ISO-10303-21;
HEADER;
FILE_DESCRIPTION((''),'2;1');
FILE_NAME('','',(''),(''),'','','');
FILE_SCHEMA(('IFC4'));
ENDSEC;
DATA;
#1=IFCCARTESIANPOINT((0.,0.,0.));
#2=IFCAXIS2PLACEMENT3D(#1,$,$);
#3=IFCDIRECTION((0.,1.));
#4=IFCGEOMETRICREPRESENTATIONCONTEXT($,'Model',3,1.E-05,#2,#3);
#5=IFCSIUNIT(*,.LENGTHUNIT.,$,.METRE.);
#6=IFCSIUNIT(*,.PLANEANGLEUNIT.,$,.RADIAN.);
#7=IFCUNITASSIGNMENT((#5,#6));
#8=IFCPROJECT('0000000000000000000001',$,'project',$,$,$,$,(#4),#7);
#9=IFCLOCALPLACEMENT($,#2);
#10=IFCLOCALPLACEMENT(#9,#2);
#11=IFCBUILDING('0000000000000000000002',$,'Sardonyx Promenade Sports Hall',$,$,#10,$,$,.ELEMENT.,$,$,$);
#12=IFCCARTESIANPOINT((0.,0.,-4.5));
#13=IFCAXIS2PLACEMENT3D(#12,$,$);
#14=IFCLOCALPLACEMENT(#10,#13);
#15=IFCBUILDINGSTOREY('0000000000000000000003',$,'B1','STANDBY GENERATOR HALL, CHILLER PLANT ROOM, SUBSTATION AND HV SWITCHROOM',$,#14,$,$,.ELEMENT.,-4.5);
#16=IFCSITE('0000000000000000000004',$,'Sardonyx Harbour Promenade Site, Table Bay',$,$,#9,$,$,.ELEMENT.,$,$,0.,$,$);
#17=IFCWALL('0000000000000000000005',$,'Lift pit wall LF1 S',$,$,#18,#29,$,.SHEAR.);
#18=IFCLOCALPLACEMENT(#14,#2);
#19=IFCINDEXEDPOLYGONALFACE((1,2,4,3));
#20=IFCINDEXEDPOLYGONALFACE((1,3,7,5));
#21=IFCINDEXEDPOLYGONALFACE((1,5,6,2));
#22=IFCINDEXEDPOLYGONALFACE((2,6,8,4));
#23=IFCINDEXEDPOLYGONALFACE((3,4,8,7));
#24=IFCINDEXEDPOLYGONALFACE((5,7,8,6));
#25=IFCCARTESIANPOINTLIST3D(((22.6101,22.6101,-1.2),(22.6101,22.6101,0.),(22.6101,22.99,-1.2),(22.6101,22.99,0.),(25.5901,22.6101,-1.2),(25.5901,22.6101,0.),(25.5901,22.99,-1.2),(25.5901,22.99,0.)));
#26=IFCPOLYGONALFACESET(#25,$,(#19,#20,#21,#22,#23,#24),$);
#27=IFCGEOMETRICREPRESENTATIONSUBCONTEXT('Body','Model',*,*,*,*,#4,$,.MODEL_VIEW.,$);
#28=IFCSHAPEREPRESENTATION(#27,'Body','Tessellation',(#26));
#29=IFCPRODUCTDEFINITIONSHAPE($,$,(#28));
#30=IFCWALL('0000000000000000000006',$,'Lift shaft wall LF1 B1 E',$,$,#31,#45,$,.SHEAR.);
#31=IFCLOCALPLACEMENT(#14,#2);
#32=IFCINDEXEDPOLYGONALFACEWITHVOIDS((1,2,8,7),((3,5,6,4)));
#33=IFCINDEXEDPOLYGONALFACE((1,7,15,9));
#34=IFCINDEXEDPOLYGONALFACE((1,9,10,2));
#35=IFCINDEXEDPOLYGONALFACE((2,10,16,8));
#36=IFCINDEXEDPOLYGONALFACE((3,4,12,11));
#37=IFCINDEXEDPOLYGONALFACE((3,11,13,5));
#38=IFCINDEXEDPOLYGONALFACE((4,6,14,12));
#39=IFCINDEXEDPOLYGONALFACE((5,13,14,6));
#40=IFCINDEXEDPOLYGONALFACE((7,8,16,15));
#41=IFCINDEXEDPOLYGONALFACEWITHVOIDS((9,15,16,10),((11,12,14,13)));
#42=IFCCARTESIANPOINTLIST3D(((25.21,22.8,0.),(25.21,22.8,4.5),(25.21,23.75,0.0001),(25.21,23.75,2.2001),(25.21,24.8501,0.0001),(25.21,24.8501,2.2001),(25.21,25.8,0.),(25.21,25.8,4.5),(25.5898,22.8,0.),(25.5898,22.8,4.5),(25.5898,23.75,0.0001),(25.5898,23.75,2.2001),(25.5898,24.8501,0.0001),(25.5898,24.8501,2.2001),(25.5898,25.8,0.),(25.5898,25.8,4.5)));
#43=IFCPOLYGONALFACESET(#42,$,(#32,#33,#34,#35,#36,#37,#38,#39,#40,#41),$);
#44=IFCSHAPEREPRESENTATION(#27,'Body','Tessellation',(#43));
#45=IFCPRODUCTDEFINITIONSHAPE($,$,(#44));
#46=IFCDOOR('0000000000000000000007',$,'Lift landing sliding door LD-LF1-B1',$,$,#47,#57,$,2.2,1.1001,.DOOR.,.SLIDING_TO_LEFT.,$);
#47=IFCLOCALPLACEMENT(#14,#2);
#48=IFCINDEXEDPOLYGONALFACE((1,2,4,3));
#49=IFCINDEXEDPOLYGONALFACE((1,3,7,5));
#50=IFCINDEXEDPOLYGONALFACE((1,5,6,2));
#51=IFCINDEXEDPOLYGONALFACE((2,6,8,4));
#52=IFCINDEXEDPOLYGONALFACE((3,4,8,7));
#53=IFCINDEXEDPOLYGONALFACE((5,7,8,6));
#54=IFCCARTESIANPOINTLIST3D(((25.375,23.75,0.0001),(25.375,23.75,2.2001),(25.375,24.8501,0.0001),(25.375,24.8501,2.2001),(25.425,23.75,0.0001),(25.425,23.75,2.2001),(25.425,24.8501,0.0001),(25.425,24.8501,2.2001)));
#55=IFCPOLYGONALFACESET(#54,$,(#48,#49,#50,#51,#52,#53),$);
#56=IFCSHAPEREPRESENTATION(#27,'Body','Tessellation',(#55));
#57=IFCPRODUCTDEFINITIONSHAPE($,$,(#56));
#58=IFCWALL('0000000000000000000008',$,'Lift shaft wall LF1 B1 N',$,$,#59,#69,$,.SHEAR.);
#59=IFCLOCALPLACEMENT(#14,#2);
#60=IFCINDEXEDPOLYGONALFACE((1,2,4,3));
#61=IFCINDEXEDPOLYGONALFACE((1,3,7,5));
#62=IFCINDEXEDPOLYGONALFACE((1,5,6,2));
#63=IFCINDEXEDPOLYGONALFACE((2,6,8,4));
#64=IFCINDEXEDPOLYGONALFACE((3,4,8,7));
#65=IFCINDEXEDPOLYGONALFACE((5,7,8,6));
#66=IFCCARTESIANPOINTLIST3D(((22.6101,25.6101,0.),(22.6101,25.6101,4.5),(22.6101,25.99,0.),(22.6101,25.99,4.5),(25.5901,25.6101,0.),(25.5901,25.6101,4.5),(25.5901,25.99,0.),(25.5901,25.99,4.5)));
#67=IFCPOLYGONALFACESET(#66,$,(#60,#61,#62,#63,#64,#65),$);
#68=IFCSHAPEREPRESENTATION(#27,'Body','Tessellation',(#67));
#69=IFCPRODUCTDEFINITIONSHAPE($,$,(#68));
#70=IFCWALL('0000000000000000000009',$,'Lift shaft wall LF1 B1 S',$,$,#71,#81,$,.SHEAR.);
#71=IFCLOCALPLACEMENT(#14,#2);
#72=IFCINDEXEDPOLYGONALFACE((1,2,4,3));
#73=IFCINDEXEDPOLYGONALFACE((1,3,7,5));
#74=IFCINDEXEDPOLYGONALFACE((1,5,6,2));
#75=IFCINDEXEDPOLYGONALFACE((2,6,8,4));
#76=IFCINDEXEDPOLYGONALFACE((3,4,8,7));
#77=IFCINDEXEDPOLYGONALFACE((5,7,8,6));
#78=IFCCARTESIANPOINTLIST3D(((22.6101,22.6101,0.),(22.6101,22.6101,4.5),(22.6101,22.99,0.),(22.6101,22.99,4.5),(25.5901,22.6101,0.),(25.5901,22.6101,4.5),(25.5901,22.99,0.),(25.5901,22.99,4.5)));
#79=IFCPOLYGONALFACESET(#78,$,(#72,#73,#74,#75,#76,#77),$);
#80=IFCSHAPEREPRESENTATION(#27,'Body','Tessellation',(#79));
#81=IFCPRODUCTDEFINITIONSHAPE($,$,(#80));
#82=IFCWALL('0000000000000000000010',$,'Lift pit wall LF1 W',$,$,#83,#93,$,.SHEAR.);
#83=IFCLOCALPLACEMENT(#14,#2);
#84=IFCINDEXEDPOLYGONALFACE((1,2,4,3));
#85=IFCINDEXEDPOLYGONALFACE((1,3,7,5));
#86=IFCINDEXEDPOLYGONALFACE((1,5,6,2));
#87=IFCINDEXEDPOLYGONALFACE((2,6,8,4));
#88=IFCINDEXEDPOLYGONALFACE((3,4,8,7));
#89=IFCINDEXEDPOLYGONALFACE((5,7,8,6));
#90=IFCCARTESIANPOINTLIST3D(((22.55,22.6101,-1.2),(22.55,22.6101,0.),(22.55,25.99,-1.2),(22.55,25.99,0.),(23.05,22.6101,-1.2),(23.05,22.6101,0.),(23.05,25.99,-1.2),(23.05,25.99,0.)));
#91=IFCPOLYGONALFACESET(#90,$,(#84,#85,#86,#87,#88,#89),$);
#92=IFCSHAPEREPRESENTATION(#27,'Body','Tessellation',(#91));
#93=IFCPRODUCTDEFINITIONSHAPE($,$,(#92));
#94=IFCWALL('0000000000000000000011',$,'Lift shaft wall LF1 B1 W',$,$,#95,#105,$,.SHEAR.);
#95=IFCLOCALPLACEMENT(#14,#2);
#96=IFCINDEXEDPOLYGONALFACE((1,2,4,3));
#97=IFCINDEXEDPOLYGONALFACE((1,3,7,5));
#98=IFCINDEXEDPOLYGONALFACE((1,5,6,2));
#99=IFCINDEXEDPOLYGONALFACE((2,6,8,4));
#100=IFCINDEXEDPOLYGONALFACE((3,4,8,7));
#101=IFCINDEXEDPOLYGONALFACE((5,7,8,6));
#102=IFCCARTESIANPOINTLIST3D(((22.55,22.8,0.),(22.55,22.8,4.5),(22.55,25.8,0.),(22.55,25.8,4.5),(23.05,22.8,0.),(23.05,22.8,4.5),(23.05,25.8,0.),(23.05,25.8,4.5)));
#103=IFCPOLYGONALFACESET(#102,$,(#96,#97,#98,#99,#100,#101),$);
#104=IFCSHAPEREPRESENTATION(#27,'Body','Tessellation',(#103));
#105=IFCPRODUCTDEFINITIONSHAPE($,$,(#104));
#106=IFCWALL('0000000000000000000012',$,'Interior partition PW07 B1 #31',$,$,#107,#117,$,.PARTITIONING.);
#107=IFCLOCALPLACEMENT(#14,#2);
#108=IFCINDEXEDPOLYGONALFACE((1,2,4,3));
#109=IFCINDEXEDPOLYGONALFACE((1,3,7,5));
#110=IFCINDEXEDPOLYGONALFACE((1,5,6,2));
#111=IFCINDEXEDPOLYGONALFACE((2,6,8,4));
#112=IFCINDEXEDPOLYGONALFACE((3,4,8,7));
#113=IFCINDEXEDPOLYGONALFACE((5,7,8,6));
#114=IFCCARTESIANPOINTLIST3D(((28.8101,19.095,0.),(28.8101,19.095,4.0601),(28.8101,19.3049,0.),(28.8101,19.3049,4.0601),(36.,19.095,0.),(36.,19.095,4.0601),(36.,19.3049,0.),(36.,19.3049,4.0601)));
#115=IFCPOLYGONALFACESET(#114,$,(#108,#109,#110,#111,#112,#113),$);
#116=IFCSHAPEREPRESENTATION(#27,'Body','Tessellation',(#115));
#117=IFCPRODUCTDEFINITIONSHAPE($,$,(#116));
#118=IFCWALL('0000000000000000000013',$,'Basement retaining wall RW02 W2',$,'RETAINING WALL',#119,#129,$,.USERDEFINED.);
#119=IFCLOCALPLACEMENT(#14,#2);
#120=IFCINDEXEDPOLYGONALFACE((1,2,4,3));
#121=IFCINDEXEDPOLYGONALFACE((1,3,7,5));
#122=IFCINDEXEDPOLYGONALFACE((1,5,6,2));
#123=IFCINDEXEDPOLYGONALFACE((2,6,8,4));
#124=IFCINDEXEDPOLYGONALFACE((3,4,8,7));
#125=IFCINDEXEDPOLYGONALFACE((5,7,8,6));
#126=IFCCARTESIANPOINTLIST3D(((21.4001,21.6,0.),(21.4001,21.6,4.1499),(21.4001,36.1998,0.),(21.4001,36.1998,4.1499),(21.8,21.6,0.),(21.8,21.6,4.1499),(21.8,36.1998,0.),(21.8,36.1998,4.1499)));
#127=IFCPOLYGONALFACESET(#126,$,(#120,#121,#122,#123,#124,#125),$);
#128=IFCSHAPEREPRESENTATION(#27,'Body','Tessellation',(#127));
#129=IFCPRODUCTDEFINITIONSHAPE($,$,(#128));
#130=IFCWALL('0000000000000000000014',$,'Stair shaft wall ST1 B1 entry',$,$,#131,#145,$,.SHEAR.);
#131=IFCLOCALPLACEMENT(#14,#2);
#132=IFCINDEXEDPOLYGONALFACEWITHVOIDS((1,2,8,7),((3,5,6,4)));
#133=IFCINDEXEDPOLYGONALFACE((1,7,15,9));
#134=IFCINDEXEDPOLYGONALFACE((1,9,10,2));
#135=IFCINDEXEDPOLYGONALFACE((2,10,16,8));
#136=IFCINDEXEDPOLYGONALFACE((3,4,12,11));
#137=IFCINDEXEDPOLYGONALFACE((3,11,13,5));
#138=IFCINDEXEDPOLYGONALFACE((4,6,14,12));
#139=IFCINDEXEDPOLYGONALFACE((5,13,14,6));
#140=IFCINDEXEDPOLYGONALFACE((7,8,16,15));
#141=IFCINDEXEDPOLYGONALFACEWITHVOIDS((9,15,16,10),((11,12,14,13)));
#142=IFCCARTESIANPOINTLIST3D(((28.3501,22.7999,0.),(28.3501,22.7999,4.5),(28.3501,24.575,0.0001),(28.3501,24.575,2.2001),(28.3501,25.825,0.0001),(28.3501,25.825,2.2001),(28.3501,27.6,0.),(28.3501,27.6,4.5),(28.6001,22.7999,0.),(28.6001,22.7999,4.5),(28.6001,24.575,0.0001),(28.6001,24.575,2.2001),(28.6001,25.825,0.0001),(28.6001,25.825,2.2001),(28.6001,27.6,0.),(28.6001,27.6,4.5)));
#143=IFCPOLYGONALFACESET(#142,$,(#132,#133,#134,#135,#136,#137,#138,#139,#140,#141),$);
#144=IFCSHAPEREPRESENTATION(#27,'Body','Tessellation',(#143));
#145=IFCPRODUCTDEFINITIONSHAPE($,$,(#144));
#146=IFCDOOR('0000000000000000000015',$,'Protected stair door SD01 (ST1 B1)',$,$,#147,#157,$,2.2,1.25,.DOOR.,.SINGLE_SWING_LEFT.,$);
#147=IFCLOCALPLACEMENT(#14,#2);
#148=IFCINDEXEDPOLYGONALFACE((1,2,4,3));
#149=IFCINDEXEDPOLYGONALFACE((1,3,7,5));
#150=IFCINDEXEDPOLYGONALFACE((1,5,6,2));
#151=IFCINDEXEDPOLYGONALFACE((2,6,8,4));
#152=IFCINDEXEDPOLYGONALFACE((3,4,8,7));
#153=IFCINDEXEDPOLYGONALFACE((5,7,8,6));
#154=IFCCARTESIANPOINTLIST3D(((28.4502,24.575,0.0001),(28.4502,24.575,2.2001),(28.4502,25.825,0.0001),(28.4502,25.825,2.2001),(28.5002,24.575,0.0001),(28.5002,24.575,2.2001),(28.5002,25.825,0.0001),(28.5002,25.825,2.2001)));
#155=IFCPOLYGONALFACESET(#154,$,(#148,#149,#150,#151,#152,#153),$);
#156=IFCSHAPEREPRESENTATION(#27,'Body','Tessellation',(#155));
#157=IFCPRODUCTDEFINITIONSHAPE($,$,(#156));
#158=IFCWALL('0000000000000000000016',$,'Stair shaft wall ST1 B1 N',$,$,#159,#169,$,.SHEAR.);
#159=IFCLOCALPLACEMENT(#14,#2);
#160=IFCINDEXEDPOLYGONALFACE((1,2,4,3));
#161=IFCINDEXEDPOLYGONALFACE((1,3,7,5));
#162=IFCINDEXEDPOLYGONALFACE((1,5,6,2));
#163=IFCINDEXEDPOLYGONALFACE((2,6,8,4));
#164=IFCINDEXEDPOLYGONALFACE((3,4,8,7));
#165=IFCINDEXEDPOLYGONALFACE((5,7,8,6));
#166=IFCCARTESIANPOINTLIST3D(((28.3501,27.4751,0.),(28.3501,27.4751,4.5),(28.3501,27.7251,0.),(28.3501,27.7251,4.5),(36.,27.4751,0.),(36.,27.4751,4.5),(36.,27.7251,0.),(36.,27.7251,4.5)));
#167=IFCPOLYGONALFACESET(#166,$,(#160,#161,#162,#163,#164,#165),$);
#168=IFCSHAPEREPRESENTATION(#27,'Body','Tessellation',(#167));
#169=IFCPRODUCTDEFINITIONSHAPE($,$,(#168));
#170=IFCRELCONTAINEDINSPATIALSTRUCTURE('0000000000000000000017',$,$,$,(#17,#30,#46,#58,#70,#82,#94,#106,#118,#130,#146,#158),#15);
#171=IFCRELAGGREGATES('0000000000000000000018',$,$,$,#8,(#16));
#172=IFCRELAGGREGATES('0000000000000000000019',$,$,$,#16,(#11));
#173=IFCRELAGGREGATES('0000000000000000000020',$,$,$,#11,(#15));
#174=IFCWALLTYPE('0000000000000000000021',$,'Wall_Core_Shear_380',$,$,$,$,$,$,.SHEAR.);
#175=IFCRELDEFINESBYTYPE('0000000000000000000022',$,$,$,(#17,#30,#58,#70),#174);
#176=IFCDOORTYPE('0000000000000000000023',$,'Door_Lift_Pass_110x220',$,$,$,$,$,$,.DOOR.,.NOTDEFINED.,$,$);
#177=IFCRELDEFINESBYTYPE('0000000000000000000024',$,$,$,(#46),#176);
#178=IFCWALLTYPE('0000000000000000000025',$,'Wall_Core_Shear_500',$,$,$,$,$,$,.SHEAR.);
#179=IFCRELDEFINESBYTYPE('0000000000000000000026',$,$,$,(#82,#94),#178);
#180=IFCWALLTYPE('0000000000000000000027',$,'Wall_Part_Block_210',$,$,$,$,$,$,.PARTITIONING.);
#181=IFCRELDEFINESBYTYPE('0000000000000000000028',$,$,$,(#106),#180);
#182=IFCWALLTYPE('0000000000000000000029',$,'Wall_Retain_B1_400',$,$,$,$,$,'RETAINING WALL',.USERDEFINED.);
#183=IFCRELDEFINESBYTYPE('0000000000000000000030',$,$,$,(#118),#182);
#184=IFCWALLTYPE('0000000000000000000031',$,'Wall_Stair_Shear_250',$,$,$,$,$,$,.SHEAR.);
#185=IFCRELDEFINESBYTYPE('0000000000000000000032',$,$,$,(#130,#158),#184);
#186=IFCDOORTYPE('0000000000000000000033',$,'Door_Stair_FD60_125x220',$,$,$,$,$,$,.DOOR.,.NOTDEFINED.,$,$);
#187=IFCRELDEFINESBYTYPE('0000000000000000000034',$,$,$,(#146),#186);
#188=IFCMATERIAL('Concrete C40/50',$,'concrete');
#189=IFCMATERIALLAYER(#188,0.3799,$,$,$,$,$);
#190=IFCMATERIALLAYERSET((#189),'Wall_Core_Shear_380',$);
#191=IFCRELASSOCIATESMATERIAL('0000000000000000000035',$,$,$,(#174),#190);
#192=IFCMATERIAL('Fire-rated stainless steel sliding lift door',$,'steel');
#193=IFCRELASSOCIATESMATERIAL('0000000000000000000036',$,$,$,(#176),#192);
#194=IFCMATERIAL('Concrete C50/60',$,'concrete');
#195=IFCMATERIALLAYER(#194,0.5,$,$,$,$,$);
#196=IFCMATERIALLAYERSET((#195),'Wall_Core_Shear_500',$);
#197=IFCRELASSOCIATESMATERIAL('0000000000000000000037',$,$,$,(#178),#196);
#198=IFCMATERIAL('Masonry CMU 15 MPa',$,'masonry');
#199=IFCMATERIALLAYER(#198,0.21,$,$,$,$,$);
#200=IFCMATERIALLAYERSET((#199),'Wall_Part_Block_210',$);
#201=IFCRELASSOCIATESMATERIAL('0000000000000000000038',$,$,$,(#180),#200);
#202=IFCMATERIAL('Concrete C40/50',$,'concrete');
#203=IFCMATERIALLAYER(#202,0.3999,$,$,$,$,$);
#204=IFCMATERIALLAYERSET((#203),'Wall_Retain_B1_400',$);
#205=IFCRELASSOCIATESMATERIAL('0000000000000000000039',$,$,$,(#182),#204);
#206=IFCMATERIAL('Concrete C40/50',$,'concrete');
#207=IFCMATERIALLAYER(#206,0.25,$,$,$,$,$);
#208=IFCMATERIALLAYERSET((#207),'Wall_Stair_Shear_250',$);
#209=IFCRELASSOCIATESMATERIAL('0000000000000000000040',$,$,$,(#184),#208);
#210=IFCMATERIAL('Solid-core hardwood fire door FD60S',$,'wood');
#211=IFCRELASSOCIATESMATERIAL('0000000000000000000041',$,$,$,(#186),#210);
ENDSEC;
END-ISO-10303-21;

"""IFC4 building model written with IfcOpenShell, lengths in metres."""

from ifc_helpers import new_model, si_unit, direction, frame, frame_2d, origin, place, context, subcontext, project, spatial, rectangle, extrude, material, layer, layer_set, type_object, element, fill, save


model = new_model("IFC4")

# Units and contexts
model_context = context("Model", 3, precision=1e-05, world=origin(), true_north=direction((0.0, 1.0)))
body_context = subcontext(model_context, "Body", "Model", "MODEL_VIEW")
ifc_project = project(units=[si_unit("LENGTHUNIT", "METRE"), si_unit("PLANEANGLEUNIT", "RADIAN")], contexts=[model_context])

# Site, building, storey
site_placement = place(None, origin())
site = spatial("IfcSite", under=ifc_project, at=site_placement, Name="Sardonyx Harbour Promenade Site, Table Bay", CompositionType="ELEMENT", RefElevation=0.0)
building_placement = place(site_placement, origin())
building = spatial("IfcBuilding", under=site, at=building_placement, Name="Sardonyx Promenade Sports Hall", CompositionType="ELEMENT")
storey_placement = place(building_placement, frame((0.0, 0.0, -4.5)))
storey = spatial("IfcBuildingStorey", under=building, at=storey_placement, Name="B1", Description="STANDBY GENERATOR HALL, CHILLER PLANT ROOM, SUBSTATION AND HV SWITCHROOM", CompositionType="ELEMENT", Elevation=-4.5)

# Wall
ifc_material_1 = material(Name="Concrete C40/50", Category="concrete")
ifc_layer_1 = layer(ifc_material_1, 0.3799)
ifc_layer_set_1 = layer_set([ifc_layer_1], Name="Wall_Core_Shear_380")
wall_type_1 = type_object("IfcWallType", Name="Wall_Core_Shear_380", PredefinedType="SHEAR", material=ifc_layer_set_1)
for number, where, z_axis, x_axis, name in (
    (1, (25.5901, 22.8, -1.2), (0.0, 0.0, 1.0), (-1.0, 0.0, 0.0), "Lift pit wall LF1 S"),
):
    element("IfcWall", number, at=place(storey_placement, frame(where, z_axis=z_axis, x_axis=x_axis)), inside=storey, type_object=wall_type_1, Name=name, PredefinedType="SHEAR", context=body_context, shape_type="SweptSolid", body=[
        extrude(rectangle(XDim=2.98, YDim=0.3799, at=frame_2d((1.49, 0.0))), origin(), (0.0, 0.0, 1.0), 1.2),
    ])

# Wall, opening, door
wall_1_placement = place(storey_placement, frame((25.3999, 22.8, 0.0), z_axis=(0.0, 0.0, 1.0), x_axis=(0.0, 1.0, 0.0)))
wall_1 = element("IfcWall", 2, at=wall_1_placement, inside=storey, type_object=wall_type_1, Name="Lift shaft wall LF1 B1 E", PredefinedType="SHEAR", context=body_context, shape_type="SweptSolid", body=[
    extrude(rectangle(XDim=3.0, YDim=0.3799, at=frame_2d((1.5, 0.0))), origin(), (0.0, 0.0, 1.0), 4.5),
])
opening_1_placement = place(wall_1_placement, frame((0.95, 0.0, 0.0)))
opening_1 = element("IfcOpeningElement", 3, at=opening_1_placement, cuts=wall_1, PredefinedType="OPENING", context=body_context, shape_type="SweptSolid", body=[
    extrude(rectangle(XDim=1.1001, YDim=2.2, at=frame_2d((0.55, 1.1001))), frame((0.0, 0.2, 0.0), z_axis=(0.0, -1.0, 0.0), x_axis=(1.0, 0.0, 0.0)), (0.0, 0.0, 1.0), 0.4),
])
ifc_material_2 = material(Name="Fire-rated stainless steel sliding lift door", Category="steel")
door_type_1 = type_object("IfcDoorType", Name="Door_Lift_Pass_110x220", OperationType="NOTDEFINED", PredefinedType="DOOR", material=ifc_material_2)
door_1_placement = place(opening_1_placement, origin())
door_1 = element("IfcDoor", 4, at=door_1_placement, inside=storey, type_object=door_type_1, Name="Lift landing sliding door LD-LF1-B1", OperationType="SLIDING_TO_LEFT", OverallHeight=2.2, OverallWidth=1.1001, PredefinedType="DOOR", context=body_context, shape_type="SweptSolid", body=[
    extrude(rectangle(XDim=1.1001, YDim=2.2, at=frame_2d((0.55, 1.1001))), frame((0.0, 0.0249, 0.0), z_axis=(0.0, -1.0, 0.0), x_axis=(1.0, 0.0, 0.0)), (0.0, 0.0, 1.0), 0.05),
])
fill(opening_1, door_1)

# Walls
for number, where, z_axis, x_axis, name in (
    (5, (22.6101, 25.8, 0.0), (0.0, 0.0, 1.0), (1.0, 0.0, 0.0), "Lift shaft wall LF1 B1 N"),
    (6, (25.5901, 22.8, 0.0), (0.0, 0.0, 1.0), (-1.0, 0.0, 0.0), "Lift shaft wall LF1 B1 S"),
):
    element("IfcWall", number, at=place(storey_placement, frame(where, z_axis=z_axis, x_axis=x_axis)), inside=storey, type_object=wall_type_1, Name=name, PredefinedType="SHEAR", context=body_context, shape_type="SweptSolid", body=[
        extrude(rectangle(XDim=2.98, YDim=0.3799, at=frame_2d((1.49, 0.0))), origin(), (0.0, 0.0, 1.0), 4.5),
    ])
ifc_material_3 = material(Name="Concrete C50/60", Category="concrete")
ifc_layer_2 = layer(ifc_material_3, 0.5)
ifc_layer_set_2 = layer_set([ifc_layer_2], Name="Wall_Core_Shear_500")
wall_type_2 = type_object("IfcWallType", Name="Wall_Core_Shear_500", PredefinedType="SHEAR", material=ifc_layer_set_2)
wall_2_placement = place(storey_placement, frame((22.8, 25.99, -1.2), z_axis=(0.0, 0.0, 1.0), x_axis=(0.0, -1.0, 0.0)))
element("IfcWall", 7, at=wall_2_placement, inside=storey, type_object=wall_type_2, Name="Lift pit wall LF1 W", PredefinedType="SHEAR", context=body_context, shape_type="SweptSolid", body=[
    extrude(rectangle(XDim=3.3799, YDim=0.5, at=frame_2d((1.6899, 0.0))), origin(), (0.0, 0.0, 1.0), 1.2),
])
wall_3_placement = place(storey_placement, frame((22.8, 25.8, 0.0), z_axis=(0.0, 0.0, 1.0), x_axis=(0.0, -1.0, 0.0)))
element("IfcWall", 8, at=wall_3_placement, inside=storey, type_object=wall_type_2, Name="Lift shaft wall LF1 B1 W", PredefinedType="SHEAR", context=body_context, shape_type="SweptSolid", body=[
    extrude(rectangle(XDim=3.0, YDim=0.5, at=frame_2d((1.5, 0.0))), origin(), (0.0, 0.0, 1.0), 4.5),
])
ifc_material_4 = material(Name="Masonry CMU 15 MPa", Category="masonry")
ifc_layer_3 = layer(ifc_material_4, 0.21)
ifc_layer_set_3 = layer_set([ifc_layer_3], Name="Wall_Part_Block_210")
wall_type_3 = type_object("IfcWallType", Name="Wall_Part_Block_210", PredefinedType="PARTITIONING", material=ifc_layer_set_3)
wall_4_placement = place(storey_placement, frame((28.8101, 19.2, 0.0), z_axis=(0.0, 0.0, 1.0), x_axis=(1.0, 0.0, 0.0)))
element("IfcWall", 9, at=wall_4_placement, inside=storey, type_object=wall_type_3, Name="Interior partition PW07 B1 #31", PredefinedType="PARTITIONING", context=body_context, shape_type="SweptSolid", body=[
    extrude(rectangle(XDim=7.1899, YDim=0.21, at=frame_2d((3.595, 0.0))), origin(), (0.0, 0.0, 1.0), 4.0601),
])
ifc_material_5 = material(Name="Concrete C40/50", Category="concrete")
ifc_layer_4 = layer(ifc_material_5, 0.3999)
ifc_layer_set_4 = layer_set([ifc_layer_4], Name="Wall_Retain_B1_400")
wall_type_4 = type_object("IfcWallType", Name="Wall_Retain_B1_400", ElementType="RETAINING WALL", PredefinedType="USERDEFINED", material=ifc_layer_set_4)
wall_5_placement = place(storey_placement, frame((21.6001, 21.6001, 0.0), z_axis=(0.0, 0.0, 1.0), x_axis=(0.0, 1.0, 0.0)))
element("IfcWall", 10, at=wall_5_placement, inside=storey, type_object=wall_type_4, Name="Basement retaining wall RW02 W2", ObjectType="RETAINING WALL", PredefinedType="USERDEFINED", context=body_context, shape_type="SweptSolid", body=[
    extrude(rectangle(XDim=14.5999, YDim=0.3999, at=frame_2d((7.2998, 0.0))), origin(), (0.0, 0.0, 1.0), 4.1499),
])

# Wall, opening, door
ifc_material_6 = material(Name="Concrete C40/50", Category="concrete")
ifc_layer_5 = layer(ifc_material_6, 0.25)
ifc_layer_set_5 = layer_set([ifc_layer_5], Name="Wall_Stair_Shear_250")
wall_type_5 = type_object("IfcWallType", Name="Wall_Stair_Shear_250", PredefinedType="SHEAR", material=ifc_layer_set_5)
wall_6_placement = place(storey_placement, frame((28.4751, 22.8, 0.0), z_axis=(0.0, 0.0, 1.0), x_axis=(0.0, 1.0, 0.0)))
wall_6 = element("IfcWall", 11, at=wall_6_placement, inside=storey, type_object=wall_type_5, Name="Stair shaft wall ST1 B1 entry", PredefinedType="SHEAR", context=body_context, shape_type="SweptSolid", body=[
    extrude(rectangle(XDim=4.8, YDim=0.25, at=frame_2d((2.3999, 0.0))), origin(), (0.0, 0.0, 1.0), 4.5),
])
opening_2_placement = place(wall_6_placement, frame((1.7749, 0.0, 0.0)))
opening_2 = element("IfcOpeningElement", 12, at=opening_2_placement, cuts=wall_6, PredefinedType="OPENING", context=body_context, shape_type="SweptSolid", body=[
    extrude(rectangle(XDim=1.25, YDim=2.2, at=frame_2d((0.625, 1.1001))), frame((0.0, 0.135, 0.0), z_axis=(0.0, -1.0, 0.0), x_axis=(1.0, 0.0, 0.0)), (0.0, 0.0, 1.0), 0.27),
])
ifc_material_7 = material(Name="Solid-core hardwood fire door FD60S", Category="wood")
door_type_2 = type_object("IfcDoorType", Name="Door_Stair_FD60_125x220", OperationType="NOTDEFINED", PredefinedType="DOOR", material=ifc_material_7)
door_2_placement = place(opening_2_placement, origin())
door_2 = element("IfcDoor", 13, at=door_2_placement, inside=storey, type_object=door_type_2, Name="Protected stair door SD01 (ST1 B1)", OperationType="SINGLE_SWING_LEFT", OverallHeight=2.2, OverallWidth=1.25, PredefinedType="DOOR", context=body_context, shape_type="SweptSolid", body=[
    extrude(rectangle(XDim=1.25, YDim=2.2, at=frame_2d((0.625, 1.1001))), frame((0.0, 0.0249, 0.0), z_axis=(0.0, -1.0, 0.0), x_axis=(1.0, 0.0, 0.0)), (0.0, 0.0, 1.0), 0.05),
])
fill(opening_2, door_2)

# Wall
wall_7_placement = place(storey_placement, frame((28.3501, 27.6001, 0.0), z_axis=(0.0, 0.0, 1.0), x_axis=(1.0, 0.0, 0.0)))
element("IfcWall", 14, at=wall_7_placement, inside=storey, type_object=wall_type_5, Name="Stair shaft wall ST1 B1 N", PredefinedType="SHEAR", context=body_context, shape_type="SweptSolid", body=[
    extrude(rectangle(XDim=7.6499, YDim=0.25, at=frame_2d((3.825, 0.0))), origin(), (0.0, 0.0, 1.0), 4.5),
])

save(model, "model.ifc")
